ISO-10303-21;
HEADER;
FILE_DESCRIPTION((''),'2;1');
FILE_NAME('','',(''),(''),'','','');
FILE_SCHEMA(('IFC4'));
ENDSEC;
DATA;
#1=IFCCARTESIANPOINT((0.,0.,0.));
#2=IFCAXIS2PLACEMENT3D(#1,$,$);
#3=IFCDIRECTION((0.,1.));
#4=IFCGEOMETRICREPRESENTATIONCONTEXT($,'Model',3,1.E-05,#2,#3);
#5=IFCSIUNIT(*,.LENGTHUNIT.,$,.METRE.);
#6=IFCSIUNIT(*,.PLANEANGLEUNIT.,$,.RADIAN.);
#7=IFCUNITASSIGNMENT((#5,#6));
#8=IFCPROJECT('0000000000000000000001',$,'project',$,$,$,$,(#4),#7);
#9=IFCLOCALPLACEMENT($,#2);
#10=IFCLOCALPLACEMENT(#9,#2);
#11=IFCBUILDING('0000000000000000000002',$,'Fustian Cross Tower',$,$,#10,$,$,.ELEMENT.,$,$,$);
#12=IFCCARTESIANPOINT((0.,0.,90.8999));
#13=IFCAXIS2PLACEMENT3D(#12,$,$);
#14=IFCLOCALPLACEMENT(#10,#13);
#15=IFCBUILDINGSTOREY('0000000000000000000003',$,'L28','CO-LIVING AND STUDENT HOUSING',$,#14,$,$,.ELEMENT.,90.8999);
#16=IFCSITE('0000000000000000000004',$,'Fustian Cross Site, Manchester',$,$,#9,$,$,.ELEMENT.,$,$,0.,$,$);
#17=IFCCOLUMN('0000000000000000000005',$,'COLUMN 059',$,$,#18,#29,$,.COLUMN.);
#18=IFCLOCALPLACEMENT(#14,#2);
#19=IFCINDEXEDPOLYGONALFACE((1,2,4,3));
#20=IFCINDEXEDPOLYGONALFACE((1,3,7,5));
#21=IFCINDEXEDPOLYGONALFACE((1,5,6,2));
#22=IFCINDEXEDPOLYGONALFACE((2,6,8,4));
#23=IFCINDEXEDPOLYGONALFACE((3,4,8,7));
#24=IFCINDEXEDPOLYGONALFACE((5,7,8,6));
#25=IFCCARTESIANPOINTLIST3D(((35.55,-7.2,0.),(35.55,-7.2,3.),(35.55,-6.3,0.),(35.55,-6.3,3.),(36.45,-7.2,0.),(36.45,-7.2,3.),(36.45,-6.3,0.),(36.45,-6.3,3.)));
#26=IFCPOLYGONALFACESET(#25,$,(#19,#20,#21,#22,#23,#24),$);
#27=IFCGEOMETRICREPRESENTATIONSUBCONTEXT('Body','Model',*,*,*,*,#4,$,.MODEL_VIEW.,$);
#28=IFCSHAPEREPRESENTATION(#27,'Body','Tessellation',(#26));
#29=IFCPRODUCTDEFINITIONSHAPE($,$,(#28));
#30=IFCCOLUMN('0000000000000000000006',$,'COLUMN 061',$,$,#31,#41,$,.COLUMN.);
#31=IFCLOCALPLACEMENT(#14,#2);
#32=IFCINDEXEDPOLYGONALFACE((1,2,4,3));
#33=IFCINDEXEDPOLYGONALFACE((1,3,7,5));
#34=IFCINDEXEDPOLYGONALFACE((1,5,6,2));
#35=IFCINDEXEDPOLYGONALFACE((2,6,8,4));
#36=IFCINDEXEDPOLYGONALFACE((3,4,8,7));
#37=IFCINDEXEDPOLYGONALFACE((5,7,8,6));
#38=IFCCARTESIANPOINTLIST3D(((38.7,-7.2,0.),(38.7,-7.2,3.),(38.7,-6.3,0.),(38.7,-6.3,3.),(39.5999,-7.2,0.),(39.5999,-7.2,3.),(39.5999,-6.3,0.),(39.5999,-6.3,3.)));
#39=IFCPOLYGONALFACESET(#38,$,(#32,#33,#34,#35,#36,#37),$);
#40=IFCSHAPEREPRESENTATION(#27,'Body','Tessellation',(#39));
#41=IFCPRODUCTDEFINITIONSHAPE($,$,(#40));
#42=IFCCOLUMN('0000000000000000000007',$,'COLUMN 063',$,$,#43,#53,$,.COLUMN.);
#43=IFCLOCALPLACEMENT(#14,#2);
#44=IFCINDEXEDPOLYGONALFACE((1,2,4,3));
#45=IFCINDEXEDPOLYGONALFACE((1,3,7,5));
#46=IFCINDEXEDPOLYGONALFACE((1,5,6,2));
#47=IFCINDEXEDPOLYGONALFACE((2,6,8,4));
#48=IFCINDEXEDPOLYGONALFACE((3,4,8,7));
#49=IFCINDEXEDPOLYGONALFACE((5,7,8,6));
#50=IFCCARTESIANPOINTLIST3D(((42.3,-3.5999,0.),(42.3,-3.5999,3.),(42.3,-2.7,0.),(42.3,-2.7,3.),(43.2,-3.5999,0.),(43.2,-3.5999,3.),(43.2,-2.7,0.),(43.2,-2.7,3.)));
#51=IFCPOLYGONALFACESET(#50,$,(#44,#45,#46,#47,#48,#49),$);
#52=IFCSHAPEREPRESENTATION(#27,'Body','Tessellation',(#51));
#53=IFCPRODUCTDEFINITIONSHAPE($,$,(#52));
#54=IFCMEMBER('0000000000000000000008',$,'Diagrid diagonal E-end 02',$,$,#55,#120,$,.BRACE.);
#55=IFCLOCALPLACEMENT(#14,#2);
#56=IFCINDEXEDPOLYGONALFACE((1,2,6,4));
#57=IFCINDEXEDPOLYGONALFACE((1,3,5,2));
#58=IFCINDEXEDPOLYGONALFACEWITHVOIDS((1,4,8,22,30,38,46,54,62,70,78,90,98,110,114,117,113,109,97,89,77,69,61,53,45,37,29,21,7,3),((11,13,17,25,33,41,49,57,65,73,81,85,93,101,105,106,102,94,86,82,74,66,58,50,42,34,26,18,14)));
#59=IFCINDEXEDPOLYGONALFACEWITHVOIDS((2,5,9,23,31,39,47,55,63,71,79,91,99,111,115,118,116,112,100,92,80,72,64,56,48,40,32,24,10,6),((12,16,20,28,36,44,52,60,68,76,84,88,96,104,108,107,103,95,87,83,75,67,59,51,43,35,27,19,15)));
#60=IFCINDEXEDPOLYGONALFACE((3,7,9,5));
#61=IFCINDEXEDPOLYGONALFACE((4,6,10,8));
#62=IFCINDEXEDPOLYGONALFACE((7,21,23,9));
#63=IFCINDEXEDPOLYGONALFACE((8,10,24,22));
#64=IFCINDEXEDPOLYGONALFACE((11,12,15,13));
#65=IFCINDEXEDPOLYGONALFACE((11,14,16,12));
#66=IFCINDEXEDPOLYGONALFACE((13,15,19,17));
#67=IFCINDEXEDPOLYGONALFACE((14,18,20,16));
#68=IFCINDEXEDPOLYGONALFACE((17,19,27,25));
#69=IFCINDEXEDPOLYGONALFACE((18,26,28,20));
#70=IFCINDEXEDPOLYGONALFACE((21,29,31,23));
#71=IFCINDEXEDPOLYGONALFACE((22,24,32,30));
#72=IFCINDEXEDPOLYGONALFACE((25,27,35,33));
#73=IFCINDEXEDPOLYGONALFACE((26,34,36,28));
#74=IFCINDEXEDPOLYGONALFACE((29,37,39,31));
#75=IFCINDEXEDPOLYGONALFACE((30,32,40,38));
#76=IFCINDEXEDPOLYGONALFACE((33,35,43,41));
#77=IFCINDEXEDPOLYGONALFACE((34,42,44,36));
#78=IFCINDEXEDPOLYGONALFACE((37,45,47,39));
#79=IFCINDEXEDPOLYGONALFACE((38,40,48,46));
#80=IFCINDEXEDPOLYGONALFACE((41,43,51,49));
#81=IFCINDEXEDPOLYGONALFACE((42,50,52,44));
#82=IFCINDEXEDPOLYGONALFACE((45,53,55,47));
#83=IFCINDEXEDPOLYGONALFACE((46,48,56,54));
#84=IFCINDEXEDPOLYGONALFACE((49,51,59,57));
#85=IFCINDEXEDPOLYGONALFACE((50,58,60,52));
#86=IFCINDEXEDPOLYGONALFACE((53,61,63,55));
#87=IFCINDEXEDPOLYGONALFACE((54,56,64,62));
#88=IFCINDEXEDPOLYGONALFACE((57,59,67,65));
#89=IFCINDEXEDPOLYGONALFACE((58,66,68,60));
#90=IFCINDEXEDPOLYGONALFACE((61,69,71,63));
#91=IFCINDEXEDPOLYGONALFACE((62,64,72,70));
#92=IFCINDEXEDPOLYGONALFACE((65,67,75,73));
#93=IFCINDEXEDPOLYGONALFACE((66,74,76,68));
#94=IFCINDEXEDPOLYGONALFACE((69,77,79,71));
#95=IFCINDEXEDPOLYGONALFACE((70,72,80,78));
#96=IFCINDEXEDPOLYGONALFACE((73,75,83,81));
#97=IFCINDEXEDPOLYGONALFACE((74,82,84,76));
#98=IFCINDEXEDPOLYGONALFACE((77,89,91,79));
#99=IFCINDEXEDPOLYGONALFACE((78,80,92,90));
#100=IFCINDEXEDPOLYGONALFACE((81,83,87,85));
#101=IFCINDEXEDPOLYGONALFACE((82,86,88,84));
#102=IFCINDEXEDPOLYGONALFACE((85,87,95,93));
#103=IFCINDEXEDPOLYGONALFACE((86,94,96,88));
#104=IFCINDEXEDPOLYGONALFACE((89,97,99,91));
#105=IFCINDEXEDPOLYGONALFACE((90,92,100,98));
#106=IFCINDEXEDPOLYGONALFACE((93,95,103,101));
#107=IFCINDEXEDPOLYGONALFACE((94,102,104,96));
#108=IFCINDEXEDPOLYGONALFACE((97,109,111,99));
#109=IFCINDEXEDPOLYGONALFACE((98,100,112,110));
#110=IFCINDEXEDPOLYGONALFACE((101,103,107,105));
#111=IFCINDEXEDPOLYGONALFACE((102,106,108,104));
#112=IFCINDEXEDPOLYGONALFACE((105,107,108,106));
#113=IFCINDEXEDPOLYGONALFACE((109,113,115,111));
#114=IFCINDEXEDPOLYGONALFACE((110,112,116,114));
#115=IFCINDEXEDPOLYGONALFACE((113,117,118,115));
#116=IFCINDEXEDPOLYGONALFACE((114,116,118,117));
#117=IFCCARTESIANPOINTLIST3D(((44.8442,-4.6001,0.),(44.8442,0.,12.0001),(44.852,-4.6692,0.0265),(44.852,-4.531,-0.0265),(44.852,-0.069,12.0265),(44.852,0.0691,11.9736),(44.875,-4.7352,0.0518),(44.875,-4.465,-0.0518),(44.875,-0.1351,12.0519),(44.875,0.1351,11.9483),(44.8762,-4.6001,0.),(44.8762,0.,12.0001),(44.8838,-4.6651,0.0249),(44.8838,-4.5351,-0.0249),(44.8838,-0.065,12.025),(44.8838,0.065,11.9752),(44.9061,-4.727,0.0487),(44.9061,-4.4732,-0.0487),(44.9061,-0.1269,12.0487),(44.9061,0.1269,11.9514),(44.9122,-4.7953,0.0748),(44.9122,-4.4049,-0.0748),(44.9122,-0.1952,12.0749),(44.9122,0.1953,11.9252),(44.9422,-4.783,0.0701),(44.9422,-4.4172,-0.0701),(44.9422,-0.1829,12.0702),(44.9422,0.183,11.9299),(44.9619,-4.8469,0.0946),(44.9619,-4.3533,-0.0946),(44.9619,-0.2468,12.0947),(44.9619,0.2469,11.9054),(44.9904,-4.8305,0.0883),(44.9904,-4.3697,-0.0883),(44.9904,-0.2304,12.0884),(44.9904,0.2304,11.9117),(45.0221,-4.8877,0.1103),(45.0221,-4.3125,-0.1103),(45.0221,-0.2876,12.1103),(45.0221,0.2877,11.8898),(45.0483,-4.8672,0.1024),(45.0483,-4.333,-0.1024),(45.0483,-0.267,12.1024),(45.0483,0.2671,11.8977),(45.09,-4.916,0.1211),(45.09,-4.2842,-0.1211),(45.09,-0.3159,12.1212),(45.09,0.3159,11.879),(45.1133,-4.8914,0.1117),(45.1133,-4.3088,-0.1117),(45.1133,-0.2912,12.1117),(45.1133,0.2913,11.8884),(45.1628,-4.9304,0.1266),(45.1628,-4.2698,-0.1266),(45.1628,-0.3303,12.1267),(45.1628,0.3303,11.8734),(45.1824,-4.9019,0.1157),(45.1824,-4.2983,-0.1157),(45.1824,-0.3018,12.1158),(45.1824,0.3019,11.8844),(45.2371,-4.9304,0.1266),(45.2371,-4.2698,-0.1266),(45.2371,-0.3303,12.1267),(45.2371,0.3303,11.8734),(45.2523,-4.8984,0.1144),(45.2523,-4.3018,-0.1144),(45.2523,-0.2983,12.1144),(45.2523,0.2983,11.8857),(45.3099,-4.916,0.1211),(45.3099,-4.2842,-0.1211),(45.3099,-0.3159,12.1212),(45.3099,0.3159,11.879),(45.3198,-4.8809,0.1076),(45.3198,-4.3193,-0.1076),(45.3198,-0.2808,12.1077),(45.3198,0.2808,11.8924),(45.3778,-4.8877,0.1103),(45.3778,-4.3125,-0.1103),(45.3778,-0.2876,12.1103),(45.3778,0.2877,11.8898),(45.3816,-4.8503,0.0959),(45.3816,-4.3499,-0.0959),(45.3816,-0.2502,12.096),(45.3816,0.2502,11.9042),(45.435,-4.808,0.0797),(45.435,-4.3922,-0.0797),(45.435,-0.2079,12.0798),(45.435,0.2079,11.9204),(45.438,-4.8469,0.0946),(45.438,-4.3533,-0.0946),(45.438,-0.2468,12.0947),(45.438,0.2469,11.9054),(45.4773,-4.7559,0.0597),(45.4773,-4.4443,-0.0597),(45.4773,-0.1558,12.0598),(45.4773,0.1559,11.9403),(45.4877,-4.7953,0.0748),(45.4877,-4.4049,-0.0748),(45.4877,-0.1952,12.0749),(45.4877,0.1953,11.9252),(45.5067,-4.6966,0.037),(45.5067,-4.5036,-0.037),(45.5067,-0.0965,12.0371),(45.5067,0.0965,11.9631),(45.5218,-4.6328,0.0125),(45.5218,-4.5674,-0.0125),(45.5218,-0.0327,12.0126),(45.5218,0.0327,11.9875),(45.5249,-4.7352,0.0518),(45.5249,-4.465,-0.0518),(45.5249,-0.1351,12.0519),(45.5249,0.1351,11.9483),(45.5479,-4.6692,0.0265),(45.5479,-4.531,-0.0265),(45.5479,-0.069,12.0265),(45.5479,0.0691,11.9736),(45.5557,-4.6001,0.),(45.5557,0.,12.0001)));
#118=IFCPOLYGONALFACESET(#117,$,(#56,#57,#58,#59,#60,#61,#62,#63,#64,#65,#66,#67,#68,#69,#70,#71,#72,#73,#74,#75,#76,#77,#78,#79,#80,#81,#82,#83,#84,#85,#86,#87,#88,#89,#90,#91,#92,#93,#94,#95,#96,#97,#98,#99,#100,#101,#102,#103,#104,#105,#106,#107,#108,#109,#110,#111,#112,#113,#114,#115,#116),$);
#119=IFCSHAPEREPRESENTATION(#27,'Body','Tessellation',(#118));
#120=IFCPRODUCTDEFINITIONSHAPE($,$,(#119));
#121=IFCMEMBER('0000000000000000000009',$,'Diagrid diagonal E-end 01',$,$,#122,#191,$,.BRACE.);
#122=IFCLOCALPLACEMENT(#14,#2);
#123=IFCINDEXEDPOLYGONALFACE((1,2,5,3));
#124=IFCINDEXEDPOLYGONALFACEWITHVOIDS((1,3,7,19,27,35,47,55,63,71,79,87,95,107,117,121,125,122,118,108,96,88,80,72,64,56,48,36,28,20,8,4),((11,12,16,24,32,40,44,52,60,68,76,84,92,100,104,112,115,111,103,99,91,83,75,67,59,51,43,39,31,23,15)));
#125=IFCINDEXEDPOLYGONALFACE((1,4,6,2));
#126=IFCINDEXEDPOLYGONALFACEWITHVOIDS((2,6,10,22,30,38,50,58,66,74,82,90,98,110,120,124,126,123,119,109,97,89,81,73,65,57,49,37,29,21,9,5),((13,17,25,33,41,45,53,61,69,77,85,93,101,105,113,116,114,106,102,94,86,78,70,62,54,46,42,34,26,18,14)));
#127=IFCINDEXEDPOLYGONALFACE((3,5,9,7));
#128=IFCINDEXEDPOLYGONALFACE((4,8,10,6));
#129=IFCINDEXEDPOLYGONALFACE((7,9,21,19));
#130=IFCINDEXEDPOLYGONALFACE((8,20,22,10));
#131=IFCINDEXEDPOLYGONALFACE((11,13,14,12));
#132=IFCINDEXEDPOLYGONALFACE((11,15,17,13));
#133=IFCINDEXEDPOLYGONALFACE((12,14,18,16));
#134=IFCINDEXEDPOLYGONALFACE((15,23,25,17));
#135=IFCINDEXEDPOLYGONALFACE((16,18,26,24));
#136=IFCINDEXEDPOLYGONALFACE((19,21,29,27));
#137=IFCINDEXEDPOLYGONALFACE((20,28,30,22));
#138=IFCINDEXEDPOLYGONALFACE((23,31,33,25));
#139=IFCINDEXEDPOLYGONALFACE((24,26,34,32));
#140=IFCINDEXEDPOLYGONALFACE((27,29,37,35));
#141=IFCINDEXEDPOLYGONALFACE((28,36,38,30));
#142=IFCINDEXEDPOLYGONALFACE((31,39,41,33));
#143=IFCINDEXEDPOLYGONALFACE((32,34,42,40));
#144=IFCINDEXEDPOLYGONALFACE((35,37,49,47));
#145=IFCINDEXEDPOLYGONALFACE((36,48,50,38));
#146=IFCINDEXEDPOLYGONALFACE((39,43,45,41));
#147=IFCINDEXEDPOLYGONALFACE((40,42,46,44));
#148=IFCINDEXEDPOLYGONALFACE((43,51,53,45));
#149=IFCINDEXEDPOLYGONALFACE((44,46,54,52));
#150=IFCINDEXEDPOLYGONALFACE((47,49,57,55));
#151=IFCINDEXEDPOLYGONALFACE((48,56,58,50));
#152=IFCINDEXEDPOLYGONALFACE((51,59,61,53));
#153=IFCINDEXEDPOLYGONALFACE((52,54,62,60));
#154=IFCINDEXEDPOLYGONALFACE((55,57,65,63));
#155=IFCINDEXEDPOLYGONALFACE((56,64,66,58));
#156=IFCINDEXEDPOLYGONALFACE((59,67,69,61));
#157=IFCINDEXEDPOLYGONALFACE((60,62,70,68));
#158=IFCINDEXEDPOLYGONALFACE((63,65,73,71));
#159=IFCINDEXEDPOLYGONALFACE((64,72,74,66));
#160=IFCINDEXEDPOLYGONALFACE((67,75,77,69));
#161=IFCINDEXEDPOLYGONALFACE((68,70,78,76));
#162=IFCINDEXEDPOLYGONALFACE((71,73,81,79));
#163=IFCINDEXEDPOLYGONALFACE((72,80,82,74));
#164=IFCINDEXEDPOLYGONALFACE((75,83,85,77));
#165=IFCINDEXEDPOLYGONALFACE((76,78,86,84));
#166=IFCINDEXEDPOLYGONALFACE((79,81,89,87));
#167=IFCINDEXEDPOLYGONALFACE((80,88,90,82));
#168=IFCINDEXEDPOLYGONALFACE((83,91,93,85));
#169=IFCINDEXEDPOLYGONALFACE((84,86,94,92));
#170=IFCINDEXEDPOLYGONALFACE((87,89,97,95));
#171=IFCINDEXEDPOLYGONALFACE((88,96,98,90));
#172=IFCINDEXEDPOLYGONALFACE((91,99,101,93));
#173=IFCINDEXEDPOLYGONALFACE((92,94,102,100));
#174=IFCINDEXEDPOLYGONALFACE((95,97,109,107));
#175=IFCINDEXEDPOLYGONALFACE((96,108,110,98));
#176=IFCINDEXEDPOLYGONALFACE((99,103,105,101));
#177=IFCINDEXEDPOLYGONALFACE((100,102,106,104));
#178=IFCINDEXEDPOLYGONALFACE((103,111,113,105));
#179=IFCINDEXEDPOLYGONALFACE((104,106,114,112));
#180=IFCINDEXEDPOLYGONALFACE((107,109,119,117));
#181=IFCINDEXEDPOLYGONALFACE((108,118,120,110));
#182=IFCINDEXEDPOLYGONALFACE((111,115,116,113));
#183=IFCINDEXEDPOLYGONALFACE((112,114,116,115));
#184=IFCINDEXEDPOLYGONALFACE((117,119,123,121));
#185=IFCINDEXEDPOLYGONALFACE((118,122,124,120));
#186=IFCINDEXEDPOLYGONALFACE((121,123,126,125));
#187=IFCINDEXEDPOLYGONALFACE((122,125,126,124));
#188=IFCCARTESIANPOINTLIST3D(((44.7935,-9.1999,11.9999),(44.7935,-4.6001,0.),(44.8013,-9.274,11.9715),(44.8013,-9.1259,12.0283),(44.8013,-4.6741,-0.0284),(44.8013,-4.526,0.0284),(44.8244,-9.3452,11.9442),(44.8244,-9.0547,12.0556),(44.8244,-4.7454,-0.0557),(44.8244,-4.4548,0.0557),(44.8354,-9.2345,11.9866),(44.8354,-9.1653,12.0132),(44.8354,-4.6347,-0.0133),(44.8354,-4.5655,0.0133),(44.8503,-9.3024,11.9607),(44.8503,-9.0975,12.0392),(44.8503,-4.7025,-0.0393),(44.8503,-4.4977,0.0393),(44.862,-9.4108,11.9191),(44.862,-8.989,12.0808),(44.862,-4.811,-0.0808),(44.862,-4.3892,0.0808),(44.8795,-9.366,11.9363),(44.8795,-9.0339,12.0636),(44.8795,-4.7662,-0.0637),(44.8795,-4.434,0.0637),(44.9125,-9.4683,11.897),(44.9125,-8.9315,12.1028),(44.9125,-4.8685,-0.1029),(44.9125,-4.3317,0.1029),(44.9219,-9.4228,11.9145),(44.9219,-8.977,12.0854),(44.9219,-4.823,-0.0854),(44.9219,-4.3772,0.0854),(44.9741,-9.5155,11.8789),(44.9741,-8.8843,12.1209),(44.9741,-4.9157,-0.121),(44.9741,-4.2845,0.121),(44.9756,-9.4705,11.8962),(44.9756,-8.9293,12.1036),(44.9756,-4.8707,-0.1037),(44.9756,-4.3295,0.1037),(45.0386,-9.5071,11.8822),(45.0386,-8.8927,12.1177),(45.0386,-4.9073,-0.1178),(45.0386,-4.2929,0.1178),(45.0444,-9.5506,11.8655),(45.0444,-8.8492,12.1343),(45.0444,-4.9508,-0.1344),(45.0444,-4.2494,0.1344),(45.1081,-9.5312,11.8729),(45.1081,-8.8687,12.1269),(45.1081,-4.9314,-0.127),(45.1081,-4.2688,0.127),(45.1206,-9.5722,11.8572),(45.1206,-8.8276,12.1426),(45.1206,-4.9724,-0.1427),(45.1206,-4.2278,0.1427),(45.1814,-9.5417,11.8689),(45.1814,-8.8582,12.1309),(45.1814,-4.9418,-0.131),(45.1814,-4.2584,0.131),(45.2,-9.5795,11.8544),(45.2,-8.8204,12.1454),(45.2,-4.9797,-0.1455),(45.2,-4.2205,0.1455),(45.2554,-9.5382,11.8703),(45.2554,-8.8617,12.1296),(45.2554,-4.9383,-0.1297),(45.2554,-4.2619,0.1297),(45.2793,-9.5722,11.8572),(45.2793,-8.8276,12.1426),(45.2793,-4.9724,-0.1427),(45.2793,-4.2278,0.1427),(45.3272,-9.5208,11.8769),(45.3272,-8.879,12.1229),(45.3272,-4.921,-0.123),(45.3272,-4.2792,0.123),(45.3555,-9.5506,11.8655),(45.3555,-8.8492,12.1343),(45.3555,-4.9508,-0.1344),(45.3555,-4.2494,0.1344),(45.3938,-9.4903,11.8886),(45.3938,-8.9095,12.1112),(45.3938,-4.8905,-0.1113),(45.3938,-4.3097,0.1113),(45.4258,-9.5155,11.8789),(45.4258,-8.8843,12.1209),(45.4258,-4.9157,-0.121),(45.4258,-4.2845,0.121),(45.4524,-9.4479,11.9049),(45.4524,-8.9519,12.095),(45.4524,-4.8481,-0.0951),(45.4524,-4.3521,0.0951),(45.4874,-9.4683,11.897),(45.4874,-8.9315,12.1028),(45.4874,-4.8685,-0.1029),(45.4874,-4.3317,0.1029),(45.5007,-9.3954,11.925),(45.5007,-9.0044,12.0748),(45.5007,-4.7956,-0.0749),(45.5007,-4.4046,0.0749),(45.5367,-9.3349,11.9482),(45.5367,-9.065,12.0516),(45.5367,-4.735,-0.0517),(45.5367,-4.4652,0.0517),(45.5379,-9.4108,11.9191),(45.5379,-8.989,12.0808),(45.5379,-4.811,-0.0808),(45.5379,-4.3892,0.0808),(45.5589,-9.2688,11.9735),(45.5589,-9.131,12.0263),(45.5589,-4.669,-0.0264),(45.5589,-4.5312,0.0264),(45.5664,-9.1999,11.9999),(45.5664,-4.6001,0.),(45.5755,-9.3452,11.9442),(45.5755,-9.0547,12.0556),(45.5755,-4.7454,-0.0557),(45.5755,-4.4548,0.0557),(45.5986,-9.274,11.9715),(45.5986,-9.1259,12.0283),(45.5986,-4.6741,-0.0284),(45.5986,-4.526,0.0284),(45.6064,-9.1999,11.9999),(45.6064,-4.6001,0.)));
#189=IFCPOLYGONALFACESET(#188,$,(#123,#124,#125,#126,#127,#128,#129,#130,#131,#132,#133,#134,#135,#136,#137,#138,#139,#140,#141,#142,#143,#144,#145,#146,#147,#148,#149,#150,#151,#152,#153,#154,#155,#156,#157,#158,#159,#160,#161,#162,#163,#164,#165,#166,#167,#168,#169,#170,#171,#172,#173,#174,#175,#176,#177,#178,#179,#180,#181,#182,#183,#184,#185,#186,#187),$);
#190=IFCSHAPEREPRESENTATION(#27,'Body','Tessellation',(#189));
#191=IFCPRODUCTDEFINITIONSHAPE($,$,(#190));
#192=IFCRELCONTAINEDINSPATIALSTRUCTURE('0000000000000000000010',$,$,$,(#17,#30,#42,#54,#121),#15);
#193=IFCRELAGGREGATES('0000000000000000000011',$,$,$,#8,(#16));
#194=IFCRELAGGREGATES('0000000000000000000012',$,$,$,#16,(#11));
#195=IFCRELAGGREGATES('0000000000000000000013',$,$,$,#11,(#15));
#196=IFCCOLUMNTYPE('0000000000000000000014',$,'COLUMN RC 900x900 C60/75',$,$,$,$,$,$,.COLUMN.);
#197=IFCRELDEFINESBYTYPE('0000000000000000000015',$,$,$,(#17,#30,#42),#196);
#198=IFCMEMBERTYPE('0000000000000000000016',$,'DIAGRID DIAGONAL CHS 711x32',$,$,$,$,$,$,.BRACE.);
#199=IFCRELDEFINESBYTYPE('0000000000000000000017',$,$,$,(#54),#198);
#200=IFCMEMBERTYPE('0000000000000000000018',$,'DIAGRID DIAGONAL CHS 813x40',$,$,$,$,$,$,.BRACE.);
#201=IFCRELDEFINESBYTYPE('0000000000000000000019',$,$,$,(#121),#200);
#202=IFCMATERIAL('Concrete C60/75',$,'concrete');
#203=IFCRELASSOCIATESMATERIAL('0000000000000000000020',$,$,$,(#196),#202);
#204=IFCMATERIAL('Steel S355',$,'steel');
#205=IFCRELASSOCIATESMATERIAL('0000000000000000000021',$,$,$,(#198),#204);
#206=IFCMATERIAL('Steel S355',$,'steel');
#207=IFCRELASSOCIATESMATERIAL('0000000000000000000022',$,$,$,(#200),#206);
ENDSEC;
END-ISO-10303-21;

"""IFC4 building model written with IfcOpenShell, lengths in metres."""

from ifc_helpers import new_model, si_unit, direction, frame, origin, origin_2d, place, context, subcontext, project, spatial, rectangle, hollow_circle, extrude, material, material_profile, profile_set, type_object, element, save


model = new_model("IFC4")

# Units and contexts
model_context = context("Model", 3, precision=1e-05, world=origin(), true_north=direction((0.0, 1.0)))
body_context = subcontext(model_context, "Body", "Model", "MODEL_VIEW")
ifc_project = project(units=[si_unit("LENGTHUNIT", "METRE"), si_unit("PLANEANGLEUNIT", "RADIAN")], contexts=[model_context])

# Site, building, storey
site_placement = place(None, origin())
site = spatial("IfcSite", under=ifc_project, at=site_placement, Name="Fustian Cross Site, Manchester", CompositionType="ELEMENT", RefElevation=0.0)
building_placement = place(site_placement, origin())
building = spatial("IfcBuilding", under=site, at=building_placement, Name="Fustian Cross Tower", CompositionType="ELEMENT")
storey_placement = place(building_placement, frame((0.0, 0.0, 90.8999)))
storey = spatial("IfcBuildingStorey", under=building, at=storey_placement, Name="L28", Description="CO-LIVING AND STUDENT HOUSING", CompositionType="ELEMENT", Elevation=90.8999)

# Columns
ifc_material_1 = material(Name="Concrete C60/75", Category="concrete")
ifc_material_profile_1 = material_profile(ifc_material_1, rectangle(XDim=0.8999, YDim=0.8999, at=origin_2d()), Name="RC 900x900")
ifc_profile_set_1 = profile_set([ifc_material_profile_1], Name="Concrete C60/75")
column_type = type_object("IfcColumnType", Name="COLUMN RC 900x900 C60/75", PredefinedType="COLUMN", material=ifc_profile_set_1)
for number, where, z_axis, x_axis, name in (
    (1, (36.0, -6.75, 0.0), (0.0, 0.0, 1.0), (1.0, 0.0, 0.0), "COLUMN 059"),
    (2, (39.1499, -6.75, 0.0), (0.0, 0.0, 1.0), (1.0, 0.0, 0.0), "COLUMN 061"),
    (3, (42.75, -3.1499, 0.0), (0.0, 0.0, 1.0), (1.0, 0.0, 0.0), "COLUMN 063"),
):
    element("IfcColumn", number, at=place(storey_placement, frame(where, z_axis=z_axis, x_axis=x_axis)), inside=storey, type_object=column_type, Name=name, PredefinedType="COLUMN", context=body_context, shape_type="SweptSolid", body=[
        extrude(rectangle(XDim=0.8999, YDim=0.8999, at=origin_2d()), origin(), (0.0, 0.0, 1.0), 3.0),
    ])

# Members
ifc_material_2 = material(Name="Steel S355", Category="steel")
ifc_material_profile_2 = material_profile(ifc_material_2, hollow_circle(Radius=0.3557, WallThickness=0.032, at=origin_2d()), Name="CHS 711x32")
ifc_profile_set_2 = profile_set([ifc_material_profile_2], Name="Steel S355")
member_type_1 = type_object("IfcMemberType", Name="DIAGRID DIAGONAL CHS 711x32", PredefinedType="BRACE", material=ifc_profile_set_2)
member_1_placement = place(storey_placement, frame((45.2, -4.6001, 0.0), z_axis=(0.0, 0.357943, 0.933744), x_axis=(-1.0, 0.0, 0.0)))
element("IfcMember", 4, at=member_1_placement, inside=storey, type_object=member_type_1, Name="Diagrid diagonal E-end 02", PredefinedType="BRACE", context=body_context, shape_type="SweptSolid", body=[
    extrude(hollow_circle(Radius=0.3557, WallThickness=0.032, at=origin_2d()), origin(), (0.0, 0.0, 1.0), 12.8516),
])
ifc_material_3 = material(Name="Steel S355", Category="steel")
ifc_material_profile_3 = material_profile(ifc_material_3, hollow_circle(Radius=0.4065, WallThickness=0.04, at=origin_2d()), Name="CHS 813x40")
ifc_profile_set_3 = profile_set([ifc_material_profile_3], Name="Steel S355")
member_type_2 = type_object("IfcMemberType", Name="DIAGRID DIAGONAL CHS 813x40", PredefinedType="BRACE", material=ifc_profile_set_3)
member_2_placement = place(storey_placement, frame((45.2, -4.6001, 0.0), z_axis=(0.0, -0.357926, 0.93375), x_axis=(1.0, 0.0, 0.0)))
element("IfcMember", 5, at=member_2_placement, inside=storey, type_object=member_type_2, Name="Diagrid diagonal E-end 01", PredefinedType="BRACE", context=body_context, shape_type="SweptSolid", body=[
    extrude(hollow_circle(Radius=0.4065, WallThickness=0.04, at=origin_2d()), origin(), (0.0, 0.0, 1.0), 12.8513),
])

save(model, "model.ifc")
